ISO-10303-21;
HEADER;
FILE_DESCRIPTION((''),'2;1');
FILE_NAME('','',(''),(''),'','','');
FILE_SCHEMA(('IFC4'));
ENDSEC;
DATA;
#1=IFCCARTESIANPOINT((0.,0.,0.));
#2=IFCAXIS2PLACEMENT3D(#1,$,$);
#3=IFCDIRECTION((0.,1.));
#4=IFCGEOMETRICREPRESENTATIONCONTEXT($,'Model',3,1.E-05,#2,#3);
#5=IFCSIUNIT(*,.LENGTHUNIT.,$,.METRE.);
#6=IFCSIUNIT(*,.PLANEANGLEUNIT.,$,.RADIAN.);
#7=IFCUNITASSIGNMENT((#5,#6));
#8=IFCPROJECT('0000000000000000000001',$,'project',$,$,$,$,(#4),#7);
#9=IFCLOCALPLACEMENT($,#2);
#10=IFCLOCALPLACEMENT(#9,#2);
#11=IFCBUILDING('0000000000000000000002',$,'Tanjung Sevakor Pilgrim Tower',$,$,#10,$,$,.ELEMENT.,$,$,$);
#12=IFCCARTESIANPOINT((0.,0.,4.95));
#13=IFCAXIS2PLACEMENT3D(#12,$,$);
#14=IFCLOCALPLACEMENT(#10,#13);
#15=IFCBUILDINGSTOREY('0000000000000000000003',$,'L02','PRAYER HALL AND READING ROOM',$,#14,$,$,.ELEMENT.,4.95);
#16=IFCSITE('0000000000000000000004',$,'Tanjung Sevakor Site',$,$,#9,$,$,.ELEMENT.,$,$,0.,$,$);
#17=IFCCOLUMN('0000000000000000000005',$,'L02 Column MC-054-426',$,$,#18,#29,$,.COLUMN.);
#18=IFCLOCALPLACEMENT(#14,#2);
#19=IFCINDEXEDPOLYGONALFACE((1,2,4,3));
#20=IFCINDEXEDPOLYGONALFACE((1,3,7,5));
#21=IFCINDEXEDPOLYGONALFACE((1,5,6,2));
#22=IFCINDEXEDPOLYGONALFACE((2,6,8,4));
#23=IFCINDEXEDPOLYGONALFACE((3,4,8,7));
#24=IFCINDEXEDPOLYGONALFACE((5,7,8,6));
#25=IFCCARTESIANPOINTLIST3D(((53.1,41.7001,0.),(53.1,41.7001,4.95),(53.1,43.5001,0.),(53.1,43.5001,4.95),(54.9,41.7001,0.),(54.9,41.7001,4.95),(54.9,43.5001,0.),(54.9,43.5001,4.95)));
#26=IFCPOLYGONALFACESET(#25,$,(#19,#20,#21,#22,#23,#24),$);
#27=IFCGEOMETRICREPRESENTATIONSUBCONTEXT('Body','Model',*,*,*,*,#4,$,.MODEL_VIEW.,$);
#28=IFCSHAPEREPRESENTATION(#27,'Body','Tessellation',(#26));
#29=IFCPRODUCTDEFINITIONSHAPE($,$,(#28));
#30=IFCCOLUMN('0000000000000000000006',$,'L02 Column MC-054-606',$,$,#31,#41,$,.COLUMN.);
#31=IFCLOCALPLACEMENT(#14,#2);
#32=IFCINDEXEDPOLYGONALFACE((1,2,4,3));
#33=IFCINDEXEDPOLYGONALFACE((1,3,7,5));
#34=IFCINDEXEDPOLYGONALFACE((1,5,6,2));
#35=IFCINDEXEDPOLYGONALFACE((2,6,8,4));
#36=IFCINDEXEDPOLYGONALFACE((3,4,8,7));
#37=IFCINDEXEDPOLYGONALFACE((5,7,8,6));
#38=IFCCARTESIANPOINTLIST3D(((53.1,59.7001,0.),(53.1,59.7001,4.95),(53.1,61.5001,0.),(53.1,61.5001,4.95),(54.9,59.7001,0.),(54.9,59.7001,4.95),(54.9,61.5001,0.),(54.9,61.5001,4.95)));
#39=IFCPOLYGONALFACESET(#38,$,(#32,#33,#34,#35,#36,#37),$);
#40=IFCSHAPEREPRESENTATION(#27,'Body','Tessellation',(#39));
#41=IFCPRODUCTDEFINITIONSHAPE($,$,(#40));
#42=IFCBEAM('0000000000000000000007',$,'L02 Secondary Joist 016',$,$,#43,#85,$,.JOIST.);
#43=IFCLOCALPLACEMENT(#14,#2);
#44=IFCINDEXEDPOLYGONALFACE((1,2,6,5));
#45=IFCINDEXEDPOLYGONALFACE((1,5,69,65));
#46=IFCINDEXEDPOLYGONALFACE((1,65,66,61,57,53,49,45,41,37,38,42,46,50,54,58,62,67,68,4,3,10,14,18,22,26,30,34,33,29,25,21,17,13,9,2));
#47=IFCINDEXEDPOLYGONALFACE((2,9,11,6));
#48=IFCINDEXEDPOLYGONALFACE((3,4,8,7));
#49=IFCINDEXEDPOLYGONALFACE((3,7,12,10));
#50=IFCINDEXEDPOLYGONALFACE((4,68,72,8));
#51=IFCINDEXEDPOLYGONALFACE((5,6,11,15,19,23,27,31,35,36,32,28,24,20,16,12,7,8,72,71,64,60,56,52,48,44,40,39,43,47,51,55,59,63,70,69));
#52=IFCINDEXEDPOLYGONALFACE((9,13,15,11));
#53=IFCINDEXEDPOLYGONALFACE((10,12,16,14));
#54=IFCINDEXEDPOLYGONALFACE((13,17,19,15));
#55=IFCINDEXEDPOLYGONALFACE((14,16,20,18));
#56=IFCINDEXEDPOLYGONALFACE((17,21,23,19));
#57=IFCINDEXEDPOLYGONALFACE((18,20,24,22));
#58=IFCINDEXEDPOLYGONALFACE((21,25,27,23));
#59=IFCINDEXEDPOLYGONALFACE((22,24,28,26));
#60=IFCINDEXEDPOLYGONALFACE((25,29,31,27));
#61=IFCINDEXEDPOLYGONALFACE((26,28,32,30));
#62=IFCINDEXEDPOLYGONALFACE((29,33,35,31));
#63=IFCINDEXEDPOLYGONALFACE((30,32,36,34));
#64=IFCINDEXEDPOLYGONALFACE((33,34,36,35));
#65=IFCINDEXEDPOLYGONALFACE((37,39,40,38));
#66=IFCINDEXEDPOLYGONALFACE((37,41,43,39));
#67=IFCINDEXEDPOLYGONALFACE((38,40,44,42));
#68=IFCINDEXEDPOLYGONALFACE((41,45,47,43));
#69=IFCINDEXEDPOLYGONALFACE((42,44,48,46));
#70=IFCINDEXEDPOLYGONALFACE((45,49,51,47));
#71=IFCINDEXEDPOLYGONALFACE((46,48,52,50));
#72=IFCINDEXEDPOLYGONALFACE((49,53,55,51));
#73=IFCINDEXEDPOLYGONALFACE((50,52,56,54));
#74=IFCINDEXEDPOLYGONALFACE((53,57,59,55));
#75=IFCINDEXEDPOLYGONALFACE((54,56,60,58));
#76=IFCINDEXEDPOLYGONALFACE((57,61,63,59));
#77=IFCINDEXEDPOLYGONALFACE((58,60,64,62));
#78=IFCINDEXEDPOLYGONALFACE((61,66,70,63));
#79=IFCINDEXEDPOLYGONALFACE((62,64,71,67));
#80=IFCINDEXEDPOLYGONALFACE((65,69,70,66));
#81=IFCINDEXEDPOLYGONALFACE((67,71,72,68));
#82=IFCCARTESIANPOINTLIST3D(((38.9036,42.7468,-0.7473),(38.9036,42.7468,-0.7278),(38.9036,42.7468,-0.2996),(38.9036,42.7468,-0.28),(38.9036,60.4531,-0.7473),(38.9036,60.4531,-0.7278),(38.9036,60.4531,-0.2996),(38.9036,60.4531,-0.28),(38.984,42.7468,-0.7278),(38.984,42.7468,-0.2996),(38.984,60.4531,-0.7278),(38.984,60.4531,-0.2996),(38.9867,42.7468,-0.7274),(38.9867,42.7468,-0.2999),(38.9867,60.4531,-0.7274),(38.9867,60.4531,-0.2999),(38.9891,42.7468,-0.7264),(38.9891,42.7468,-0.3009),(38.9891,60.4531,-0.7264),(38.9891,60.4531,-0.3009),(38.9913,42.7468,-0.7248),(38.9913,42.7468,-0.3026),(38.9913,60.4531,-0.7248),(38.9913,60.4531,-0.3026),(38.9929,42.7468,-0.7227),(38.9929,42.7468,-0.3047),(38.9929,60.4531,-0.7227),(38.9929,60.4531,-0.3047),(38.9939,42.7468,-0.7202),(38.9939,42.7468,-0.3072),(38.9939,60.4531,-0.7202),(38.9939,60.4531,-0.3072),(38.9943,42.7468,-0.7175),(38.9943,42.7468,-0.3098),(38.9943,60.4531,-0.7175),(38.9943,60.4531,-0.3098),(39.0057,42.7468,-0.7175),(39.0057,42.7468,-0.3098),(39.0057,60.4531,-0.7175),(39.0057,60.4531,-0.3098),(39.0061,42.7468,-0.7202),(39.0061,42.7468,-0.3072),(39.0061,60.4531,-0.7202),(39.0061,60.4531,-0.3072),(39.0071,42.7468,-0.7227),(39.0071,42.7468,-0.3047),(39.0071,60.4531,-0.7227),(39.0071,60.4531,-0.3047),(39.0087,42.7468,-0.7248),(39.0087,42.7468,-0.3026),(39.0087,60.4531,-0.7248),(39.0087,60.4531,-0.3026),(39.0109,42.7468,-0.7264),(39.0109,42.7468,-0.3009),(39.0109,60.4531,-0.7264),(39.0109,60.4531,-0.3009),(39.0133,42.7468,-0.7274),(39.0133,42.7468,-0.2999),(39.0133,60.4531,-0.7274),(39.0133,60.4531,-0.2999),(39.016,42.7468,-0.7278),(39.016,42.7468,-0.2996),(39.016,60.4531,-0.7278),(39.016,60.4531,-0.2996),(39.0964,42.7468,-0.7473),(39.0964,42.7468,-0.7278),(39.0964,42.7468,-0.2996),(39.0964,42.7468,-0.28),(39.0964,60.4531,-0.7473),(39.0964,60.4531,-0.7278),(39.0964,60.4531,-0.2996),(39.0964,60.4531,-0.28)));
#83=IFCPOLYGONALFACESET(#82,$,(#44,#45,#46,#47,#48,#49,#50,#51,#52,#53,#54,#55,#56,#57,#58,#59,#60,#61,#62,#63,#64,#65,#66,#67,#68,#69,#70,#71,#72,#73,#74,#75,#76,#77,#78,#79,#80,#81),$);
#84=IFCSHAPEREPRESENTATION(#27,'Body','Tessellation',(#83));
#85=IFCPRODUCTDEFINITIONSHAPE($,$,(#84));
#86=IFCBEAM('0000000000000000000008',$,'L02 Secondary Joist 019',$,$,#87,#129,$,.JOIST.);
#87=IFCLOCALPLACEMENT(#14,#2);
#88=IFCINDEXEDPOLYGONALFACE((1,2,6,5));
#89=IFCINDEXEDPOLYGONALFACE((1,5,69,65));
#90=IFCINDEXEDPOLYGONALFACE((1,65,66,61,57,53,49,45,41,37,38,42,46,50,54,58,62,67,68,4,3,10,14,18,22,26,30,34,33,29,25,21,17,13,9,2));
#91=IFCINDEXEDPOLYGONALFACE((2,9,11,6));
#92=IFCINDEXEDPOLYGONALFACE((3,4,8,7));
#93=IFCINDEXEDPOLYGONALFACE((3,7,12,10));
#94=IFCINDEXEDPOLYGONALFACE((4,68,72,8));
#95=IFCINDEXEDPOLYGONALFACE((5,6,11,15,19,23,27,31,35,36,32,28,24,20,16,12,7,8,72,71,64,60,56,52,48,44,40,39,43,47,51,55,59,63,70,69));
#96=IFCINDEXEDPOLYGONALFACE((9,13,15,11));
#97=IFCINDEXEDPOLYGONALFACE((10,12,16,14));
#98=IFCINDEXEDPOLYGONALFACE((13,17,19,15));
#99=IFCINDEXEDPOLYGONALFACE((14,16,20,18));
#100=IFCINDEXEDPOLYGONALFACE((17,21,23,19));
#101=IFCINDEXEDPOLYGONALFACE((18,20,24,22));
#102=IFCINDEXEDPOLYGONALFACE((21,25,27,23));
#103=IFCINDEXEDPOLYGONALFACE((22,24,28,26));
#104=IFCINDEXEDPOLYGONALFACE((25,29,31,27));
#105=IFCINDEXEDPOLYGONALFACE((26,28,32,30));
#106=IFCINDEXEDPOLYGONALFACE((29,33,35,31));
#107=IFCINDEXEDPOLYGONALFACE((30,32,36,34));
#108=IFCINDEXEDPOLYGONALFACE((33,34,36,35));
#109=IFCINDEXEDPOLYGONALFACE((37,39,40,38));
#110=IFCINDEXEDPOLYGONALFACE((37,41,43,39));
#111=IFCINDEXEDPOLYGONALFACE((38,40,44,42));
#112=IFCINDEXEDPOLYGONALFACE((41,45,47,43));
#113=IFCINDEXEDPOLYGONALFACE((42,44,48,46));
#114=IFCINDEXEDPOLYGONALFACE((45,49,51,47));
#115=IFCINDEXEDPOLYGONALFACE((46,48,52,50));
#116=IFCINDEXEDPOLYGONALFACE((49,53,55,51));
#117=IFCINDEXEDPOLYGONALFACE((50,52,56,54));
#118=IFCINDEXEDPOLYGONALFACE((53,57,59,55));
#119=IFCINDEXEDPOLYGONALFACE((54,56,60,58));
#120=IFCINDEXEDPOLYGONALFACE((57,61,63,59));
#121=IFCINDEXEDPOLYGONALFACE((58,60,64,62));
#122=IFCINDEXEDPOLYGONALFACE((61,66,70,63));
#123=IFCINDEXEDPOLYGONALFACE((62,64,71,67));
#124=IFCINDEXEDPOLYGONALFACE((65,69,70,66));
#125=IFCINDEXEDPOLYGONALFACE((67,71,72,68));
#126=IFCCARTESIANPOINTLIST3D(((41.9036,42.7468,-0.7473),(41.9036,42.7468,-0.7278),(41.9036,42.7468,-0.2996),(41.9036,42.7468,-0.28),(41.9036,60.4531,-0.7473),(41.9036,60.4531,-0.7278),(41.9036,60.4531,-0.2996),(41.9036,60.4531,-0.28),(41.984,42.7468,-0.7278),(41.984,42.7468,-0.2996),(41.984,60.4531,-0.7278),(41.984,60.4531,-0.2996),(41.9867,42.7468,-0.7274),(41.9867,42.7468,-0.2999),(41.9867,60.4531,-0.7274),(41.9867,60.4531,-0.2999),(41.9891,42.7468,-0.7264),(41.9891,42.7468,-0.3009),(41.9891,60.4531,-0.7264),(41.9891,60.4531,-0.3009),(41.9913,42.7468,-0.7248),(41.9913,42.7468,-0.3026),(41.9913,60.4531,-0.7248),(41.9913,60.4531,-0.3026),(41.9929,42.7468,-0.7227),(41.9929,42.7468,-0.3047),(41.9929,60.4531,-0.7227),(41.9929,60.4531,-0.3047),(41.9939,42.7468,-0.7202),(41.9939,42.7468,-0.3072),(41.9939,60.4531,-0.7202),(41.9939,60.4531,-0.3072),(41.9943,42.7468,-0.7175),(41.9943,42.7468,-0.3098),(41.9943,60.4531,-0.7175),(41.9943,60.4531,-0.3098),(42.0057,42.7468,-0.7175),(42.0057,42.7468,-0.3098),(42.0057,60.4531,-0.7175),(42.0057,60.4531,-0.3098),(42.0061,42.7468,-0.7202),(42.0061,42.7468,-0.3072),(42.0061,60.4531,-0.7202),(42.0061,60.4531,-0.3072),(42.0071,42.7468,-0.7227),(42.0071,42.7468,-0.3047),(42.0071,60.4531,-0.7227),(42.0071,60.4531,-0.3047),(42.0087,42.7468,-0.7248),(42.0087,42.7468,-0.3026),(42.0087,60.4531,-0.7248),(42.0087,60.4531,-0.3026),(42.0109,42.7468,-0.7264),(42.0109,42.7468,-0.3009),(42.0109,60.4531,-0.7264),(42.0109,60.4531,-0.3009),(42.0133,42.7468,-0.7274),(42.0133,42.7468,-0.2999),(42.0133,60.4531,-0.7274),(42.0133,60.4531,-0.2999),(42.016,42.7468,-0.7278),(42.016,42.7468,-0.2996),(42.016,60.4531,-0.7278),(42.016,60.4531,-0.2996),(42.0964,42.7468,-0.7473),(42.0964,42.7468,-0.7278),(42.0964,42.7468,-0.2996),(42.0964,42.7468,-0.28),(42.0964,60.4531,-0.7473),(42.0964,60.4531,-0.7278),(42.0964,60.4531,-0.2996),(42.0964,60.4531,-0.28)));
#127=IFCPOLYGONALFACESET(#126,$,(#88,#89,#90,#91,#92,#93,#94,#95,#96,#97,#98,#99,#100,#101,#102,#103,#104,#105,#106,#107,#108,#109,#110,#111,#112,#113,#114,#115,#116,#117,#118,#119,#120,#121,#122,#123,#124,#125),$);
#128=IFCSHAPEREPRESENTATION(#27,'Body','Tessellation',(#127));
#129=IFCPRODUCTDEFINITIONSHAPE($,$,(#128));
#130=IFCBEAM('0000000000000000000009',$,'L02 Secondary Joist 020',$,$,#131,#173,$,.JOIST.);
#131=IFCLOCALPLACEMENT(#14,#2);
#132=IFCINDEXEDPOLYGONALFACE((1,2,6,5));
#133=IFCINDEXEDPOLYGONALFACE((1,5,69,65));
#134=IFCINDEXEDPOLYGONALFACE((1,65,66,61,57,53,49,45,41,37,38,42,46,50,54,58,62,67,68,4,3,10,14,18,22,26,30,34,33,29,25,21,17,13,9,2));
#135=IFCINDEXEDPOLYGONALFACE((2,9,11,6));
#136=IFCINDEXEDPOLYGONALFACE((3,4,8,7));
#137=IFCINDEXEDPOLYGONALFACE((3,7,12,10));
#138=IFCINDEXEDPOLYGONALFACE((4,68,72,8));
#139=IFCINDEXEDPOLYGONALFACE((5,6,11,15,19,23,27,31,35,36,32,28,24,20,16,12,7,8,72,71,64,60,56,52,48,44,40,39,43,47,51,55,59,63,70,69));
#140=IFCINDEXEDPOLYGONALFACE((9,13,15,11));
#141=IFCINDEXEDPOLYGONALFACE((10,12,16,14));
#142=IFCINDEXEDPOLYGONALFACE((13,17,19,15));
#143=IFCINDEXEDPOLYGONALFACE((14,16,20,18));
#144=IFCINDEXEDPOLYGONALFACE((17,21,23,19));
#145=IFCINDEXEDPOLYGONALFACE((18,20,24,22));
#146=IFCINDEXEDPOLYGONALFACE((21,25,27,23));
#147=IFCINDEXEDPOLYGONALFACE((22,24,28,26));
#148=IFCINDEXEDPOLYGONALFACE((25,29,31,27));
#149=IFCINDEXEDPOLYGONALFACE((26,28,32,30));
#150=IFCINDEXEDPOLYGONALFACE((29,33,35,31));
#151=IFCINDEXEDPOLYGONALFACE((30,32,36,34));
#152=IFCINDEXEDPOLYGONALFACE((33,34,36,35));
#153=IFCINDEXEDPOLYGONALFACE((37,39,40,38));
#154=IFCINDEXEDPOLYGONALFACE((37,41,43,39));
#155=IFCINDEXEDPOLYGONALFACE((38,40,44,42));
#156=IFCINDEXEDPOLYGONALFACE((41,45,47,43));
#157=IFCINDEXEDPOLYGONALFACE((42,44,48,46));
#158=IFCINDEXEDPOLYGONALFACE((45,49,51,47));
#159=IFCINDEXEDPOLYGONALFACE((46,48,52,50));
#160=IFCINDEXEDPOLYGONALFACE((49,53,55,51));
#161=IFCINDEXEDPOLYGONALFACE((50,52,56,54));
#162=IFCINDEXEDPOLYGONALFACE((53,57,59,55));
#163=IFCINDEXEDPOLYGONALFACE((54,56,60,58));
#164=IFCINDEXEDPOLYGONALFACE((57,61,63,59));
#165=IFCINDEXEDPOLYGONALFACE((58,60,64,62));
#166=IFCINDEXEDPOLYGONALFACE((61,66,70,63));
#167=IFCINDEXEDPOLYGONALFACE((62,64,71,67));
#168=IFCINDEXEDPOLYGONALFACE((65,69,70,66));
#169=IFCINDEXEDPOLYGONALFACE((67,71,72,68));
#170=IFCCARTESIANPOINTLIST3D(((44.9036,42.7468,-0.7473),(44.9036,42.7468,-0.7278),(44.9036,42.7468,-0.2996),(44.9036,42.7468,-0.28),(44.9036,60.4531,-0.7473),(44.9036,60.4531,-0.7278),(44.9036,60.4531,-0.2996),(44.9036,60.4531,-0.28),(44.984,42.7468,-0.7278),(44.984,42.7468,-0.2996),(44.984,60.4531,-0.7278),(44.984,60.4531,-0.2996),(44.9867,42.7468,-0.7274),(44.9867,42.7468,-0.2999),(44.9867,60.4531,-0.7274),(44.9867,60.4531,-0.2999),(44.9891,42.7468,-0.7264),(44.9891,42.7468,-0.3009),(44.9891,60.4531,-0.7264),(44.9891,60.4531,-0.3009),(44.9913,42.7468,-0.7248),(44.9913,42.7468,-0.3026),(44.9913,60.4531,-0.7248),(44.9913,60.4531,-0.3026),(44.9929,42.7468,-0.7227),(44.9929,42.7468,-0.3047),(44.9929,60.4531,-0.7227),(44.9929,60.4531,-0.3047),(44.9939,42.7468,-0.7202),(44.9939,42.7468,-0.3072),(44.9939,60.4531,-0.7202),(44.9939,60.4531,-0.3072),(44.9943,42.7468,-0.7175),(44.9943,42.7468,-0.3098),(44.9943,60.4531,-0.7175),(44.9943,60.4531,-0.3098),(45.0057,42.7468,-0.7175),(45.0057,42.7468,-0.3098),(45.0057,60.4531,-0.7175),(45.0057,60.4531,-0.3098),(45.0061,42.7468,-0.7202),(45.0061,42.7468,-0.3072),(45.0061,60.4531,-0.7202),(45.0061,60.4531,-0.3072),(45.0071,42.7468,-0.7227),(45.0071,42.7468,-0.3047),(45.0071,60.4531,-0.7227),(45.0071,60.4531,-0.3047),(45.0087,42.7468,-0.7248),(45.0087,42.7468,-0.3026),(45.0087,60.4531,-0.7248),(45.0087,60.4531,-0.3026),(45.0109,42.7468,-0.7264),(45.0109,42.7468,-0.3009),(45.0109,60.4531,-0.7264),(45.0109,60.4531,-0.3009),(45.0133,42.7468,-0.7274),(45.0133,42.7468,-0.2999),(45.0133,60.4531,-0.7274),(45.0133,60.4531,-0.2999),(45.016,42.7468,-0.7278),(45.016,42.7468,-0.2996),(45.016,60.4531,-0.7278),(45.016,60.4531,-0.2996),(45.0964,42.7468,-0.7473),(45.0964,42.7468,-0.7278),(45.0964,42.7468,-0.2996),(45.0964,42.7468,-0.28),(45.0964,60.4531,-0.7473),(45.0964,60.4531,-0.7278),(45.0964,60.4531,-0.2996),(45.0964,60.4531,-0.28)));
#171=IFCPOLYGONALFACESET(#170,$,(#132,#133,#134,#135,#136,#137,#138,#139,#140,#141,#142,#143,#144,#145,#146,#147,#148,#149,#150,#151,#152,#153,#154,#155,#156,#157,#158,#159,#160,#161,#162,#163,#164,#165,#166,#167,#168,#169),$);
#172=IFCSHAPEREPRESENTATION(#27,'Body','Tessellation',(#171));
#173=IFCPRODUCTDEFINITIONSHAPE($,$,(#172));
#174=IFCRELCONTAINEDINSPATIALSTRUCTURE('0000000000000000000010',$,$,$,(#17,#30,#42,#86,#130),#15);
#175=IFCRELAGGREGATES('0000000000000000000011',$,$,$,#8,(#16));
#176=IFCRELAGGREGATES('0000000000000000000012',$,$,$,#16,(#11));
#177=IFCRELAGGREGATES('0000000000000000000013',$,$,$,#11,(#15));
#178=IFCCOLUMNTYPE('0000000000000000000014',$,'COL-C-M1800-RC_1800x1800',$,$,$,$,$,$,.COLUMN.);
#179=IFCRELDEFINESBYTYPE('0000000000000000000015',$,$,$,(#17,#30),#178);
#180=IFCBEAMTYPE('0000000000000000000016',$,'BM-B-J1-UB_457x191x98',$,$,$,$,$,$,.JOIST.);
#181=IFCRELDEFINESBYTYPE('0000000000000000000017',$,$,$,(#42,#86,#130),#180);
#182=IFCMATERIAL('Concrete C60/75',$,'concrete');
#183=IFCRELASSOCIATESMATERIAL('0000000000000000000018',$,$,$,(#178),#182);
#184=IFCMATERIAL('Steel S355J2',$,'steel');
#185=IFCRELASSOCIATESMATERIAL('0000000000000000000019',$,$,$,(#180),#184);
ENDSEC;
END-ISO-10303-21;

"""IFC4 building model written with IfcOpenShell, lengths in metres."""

from ifc_helpers import new_model, si_unit, direction, frame, origin, origin_2d, place, context, subcontext, project, spatial, rectangle, i_section, extrude, material, material_profile, profile_set, type_object, element, save


model = new_model("IFC4")

# Units and contexts
model_context = context("Model", 3, precision=1e-05, world=origin(), true_north=direction((0.0, 1.0)))
body_context = subcontext(model_context, "Body", "Model", "MODEL_VIEW")
ifc_project = project(units=[si_unit("LENGTHUNIT", "METRE"), si_unit("PLANEANGLEUNIT", "RADIAN")], contexts=[model_context])

# Site, building, storey
site_placement = place(None, origin())
site = spatial("IfcSite", under=ifc_project, at=site_placement, Name="Tanjung Sevakor Site", CompositionType="ELEMENT", RefElevation=0.0)
building_placement = place(site_placement, origin())
building = spatial("IfcBuilding", under=site, at=building_placement, Name="Tanjung Sevakor Pilgrim Tower", CompositionType="ELEMENT")
storey_placement = place(building_placement, frame((0.0, 0.0, 4.95)))
storey = spatial("IfcBuildingStorey", under=building, at=storey_placement, Name="L02", Description="PRAYER HALL AND READING ROOM", CompositionType="ELEMENT", Elevation=4.95)

# Columns
ifc_material_1 = material(Name="Concrete C60/75", Category="concrete")
ifc_material_profile_1 = material_profile(ifc_material_1, rectangle(XDim=1.8, YDim=1.8, at=origin_2d()))
ifc_profile_set_1 = profile_set([ifc_material_profile_1], Name="Concrete C60/75")
column_type = type_object("IfcColumnType", Name="COL-C-M1800-RC_1800x1800", PredefinedType="COLUMN", material=ifc_profile_set_1)
for number, where, z_axis, x_axis, name in (
    (1, (54.0, 42.6001, 0.0), (0.0, 0.0, 1.0), (1.0, 0.0, 0.0), "L02 Column MC-054-426"),
    (2, (54.0, 60.6001, 0.0), (0.0, 0.0, 1.0), (1.0, 0.0, 0.0), "L02 Column MC-054-606"),
):
    element("IfcColumn", number, at=place(storey_placement, frame(where, z_axis=z_axis, x_axis=x_axis)), inside=storey, type_object=column_type, Name=name, PredefinedType="COLUMN", context=body_context, shape_type="SweptSolid", body=[
        extrude(rectangle(XDim=1.8, YDim=1.8, at=origin_2d()), origin(), (0.0, 0.0, 1.0), 4.95),
    ])

# Beams
ifc_material_2 = material(Name="Steel S355J2", Category="steel")
ifc_material_profile_2 = material_profile(ifc_material_2, i_section(OverallWidth=0.1929, OverallDepth=0.4673, WebThickness=0.0115, FlangeThickness=0.0195, FilletRadius=0.0103, at=origin_2d()))
ifc_profile_set_2 = profile_set([ifc_material_profile_2], Name="Steel S355J2")
beam_type = type_object("IfcBeamType", Name="BM-B-J1-UB_457x191x98", PredefinedType="JOIST", material=ifc_profile_set_2)
for number, where, z_axis, x_axis, name in (
    (3, (39.0, 42.7468, -0.5137), (0.0, 1.0, 0.0), (-1.0, 0.0, 0.0), "L02 Secondary Joist 016"),
    (4, (42.0, 42.7468, -0.5137), (0.0, 1.0, 0.0), (-1.0, 0.0, 0.0), "L02 Secondary Joist 019"),
    (5, (45.0, 42.7468, -0.5137), (0.0, 1.0, 0.0), (-1.0, 0.0, 0.0), "L02 Secondary Joist 020"),
):
    element("IfcBeam", number, at=place(storey_placement, frame(where, z_axis=z_axis, x_axis=x_axis)), inside=storey, type_object=beam_type, Name=name, PredefinedType="JOIST", context=body_context, shape_type="SweptSolid", body=[
        extrude(i_section(OverallWidth=0.1929, OverallDepth=0.4673, WebThickness=0.0115, FlangeThickness=0.0195, FilletRadius=0.0103, at=origin_2d()), origin(), (0.0, 0.0, 1.0), 17.7063),
    ])

save(model, "model.ifc")
